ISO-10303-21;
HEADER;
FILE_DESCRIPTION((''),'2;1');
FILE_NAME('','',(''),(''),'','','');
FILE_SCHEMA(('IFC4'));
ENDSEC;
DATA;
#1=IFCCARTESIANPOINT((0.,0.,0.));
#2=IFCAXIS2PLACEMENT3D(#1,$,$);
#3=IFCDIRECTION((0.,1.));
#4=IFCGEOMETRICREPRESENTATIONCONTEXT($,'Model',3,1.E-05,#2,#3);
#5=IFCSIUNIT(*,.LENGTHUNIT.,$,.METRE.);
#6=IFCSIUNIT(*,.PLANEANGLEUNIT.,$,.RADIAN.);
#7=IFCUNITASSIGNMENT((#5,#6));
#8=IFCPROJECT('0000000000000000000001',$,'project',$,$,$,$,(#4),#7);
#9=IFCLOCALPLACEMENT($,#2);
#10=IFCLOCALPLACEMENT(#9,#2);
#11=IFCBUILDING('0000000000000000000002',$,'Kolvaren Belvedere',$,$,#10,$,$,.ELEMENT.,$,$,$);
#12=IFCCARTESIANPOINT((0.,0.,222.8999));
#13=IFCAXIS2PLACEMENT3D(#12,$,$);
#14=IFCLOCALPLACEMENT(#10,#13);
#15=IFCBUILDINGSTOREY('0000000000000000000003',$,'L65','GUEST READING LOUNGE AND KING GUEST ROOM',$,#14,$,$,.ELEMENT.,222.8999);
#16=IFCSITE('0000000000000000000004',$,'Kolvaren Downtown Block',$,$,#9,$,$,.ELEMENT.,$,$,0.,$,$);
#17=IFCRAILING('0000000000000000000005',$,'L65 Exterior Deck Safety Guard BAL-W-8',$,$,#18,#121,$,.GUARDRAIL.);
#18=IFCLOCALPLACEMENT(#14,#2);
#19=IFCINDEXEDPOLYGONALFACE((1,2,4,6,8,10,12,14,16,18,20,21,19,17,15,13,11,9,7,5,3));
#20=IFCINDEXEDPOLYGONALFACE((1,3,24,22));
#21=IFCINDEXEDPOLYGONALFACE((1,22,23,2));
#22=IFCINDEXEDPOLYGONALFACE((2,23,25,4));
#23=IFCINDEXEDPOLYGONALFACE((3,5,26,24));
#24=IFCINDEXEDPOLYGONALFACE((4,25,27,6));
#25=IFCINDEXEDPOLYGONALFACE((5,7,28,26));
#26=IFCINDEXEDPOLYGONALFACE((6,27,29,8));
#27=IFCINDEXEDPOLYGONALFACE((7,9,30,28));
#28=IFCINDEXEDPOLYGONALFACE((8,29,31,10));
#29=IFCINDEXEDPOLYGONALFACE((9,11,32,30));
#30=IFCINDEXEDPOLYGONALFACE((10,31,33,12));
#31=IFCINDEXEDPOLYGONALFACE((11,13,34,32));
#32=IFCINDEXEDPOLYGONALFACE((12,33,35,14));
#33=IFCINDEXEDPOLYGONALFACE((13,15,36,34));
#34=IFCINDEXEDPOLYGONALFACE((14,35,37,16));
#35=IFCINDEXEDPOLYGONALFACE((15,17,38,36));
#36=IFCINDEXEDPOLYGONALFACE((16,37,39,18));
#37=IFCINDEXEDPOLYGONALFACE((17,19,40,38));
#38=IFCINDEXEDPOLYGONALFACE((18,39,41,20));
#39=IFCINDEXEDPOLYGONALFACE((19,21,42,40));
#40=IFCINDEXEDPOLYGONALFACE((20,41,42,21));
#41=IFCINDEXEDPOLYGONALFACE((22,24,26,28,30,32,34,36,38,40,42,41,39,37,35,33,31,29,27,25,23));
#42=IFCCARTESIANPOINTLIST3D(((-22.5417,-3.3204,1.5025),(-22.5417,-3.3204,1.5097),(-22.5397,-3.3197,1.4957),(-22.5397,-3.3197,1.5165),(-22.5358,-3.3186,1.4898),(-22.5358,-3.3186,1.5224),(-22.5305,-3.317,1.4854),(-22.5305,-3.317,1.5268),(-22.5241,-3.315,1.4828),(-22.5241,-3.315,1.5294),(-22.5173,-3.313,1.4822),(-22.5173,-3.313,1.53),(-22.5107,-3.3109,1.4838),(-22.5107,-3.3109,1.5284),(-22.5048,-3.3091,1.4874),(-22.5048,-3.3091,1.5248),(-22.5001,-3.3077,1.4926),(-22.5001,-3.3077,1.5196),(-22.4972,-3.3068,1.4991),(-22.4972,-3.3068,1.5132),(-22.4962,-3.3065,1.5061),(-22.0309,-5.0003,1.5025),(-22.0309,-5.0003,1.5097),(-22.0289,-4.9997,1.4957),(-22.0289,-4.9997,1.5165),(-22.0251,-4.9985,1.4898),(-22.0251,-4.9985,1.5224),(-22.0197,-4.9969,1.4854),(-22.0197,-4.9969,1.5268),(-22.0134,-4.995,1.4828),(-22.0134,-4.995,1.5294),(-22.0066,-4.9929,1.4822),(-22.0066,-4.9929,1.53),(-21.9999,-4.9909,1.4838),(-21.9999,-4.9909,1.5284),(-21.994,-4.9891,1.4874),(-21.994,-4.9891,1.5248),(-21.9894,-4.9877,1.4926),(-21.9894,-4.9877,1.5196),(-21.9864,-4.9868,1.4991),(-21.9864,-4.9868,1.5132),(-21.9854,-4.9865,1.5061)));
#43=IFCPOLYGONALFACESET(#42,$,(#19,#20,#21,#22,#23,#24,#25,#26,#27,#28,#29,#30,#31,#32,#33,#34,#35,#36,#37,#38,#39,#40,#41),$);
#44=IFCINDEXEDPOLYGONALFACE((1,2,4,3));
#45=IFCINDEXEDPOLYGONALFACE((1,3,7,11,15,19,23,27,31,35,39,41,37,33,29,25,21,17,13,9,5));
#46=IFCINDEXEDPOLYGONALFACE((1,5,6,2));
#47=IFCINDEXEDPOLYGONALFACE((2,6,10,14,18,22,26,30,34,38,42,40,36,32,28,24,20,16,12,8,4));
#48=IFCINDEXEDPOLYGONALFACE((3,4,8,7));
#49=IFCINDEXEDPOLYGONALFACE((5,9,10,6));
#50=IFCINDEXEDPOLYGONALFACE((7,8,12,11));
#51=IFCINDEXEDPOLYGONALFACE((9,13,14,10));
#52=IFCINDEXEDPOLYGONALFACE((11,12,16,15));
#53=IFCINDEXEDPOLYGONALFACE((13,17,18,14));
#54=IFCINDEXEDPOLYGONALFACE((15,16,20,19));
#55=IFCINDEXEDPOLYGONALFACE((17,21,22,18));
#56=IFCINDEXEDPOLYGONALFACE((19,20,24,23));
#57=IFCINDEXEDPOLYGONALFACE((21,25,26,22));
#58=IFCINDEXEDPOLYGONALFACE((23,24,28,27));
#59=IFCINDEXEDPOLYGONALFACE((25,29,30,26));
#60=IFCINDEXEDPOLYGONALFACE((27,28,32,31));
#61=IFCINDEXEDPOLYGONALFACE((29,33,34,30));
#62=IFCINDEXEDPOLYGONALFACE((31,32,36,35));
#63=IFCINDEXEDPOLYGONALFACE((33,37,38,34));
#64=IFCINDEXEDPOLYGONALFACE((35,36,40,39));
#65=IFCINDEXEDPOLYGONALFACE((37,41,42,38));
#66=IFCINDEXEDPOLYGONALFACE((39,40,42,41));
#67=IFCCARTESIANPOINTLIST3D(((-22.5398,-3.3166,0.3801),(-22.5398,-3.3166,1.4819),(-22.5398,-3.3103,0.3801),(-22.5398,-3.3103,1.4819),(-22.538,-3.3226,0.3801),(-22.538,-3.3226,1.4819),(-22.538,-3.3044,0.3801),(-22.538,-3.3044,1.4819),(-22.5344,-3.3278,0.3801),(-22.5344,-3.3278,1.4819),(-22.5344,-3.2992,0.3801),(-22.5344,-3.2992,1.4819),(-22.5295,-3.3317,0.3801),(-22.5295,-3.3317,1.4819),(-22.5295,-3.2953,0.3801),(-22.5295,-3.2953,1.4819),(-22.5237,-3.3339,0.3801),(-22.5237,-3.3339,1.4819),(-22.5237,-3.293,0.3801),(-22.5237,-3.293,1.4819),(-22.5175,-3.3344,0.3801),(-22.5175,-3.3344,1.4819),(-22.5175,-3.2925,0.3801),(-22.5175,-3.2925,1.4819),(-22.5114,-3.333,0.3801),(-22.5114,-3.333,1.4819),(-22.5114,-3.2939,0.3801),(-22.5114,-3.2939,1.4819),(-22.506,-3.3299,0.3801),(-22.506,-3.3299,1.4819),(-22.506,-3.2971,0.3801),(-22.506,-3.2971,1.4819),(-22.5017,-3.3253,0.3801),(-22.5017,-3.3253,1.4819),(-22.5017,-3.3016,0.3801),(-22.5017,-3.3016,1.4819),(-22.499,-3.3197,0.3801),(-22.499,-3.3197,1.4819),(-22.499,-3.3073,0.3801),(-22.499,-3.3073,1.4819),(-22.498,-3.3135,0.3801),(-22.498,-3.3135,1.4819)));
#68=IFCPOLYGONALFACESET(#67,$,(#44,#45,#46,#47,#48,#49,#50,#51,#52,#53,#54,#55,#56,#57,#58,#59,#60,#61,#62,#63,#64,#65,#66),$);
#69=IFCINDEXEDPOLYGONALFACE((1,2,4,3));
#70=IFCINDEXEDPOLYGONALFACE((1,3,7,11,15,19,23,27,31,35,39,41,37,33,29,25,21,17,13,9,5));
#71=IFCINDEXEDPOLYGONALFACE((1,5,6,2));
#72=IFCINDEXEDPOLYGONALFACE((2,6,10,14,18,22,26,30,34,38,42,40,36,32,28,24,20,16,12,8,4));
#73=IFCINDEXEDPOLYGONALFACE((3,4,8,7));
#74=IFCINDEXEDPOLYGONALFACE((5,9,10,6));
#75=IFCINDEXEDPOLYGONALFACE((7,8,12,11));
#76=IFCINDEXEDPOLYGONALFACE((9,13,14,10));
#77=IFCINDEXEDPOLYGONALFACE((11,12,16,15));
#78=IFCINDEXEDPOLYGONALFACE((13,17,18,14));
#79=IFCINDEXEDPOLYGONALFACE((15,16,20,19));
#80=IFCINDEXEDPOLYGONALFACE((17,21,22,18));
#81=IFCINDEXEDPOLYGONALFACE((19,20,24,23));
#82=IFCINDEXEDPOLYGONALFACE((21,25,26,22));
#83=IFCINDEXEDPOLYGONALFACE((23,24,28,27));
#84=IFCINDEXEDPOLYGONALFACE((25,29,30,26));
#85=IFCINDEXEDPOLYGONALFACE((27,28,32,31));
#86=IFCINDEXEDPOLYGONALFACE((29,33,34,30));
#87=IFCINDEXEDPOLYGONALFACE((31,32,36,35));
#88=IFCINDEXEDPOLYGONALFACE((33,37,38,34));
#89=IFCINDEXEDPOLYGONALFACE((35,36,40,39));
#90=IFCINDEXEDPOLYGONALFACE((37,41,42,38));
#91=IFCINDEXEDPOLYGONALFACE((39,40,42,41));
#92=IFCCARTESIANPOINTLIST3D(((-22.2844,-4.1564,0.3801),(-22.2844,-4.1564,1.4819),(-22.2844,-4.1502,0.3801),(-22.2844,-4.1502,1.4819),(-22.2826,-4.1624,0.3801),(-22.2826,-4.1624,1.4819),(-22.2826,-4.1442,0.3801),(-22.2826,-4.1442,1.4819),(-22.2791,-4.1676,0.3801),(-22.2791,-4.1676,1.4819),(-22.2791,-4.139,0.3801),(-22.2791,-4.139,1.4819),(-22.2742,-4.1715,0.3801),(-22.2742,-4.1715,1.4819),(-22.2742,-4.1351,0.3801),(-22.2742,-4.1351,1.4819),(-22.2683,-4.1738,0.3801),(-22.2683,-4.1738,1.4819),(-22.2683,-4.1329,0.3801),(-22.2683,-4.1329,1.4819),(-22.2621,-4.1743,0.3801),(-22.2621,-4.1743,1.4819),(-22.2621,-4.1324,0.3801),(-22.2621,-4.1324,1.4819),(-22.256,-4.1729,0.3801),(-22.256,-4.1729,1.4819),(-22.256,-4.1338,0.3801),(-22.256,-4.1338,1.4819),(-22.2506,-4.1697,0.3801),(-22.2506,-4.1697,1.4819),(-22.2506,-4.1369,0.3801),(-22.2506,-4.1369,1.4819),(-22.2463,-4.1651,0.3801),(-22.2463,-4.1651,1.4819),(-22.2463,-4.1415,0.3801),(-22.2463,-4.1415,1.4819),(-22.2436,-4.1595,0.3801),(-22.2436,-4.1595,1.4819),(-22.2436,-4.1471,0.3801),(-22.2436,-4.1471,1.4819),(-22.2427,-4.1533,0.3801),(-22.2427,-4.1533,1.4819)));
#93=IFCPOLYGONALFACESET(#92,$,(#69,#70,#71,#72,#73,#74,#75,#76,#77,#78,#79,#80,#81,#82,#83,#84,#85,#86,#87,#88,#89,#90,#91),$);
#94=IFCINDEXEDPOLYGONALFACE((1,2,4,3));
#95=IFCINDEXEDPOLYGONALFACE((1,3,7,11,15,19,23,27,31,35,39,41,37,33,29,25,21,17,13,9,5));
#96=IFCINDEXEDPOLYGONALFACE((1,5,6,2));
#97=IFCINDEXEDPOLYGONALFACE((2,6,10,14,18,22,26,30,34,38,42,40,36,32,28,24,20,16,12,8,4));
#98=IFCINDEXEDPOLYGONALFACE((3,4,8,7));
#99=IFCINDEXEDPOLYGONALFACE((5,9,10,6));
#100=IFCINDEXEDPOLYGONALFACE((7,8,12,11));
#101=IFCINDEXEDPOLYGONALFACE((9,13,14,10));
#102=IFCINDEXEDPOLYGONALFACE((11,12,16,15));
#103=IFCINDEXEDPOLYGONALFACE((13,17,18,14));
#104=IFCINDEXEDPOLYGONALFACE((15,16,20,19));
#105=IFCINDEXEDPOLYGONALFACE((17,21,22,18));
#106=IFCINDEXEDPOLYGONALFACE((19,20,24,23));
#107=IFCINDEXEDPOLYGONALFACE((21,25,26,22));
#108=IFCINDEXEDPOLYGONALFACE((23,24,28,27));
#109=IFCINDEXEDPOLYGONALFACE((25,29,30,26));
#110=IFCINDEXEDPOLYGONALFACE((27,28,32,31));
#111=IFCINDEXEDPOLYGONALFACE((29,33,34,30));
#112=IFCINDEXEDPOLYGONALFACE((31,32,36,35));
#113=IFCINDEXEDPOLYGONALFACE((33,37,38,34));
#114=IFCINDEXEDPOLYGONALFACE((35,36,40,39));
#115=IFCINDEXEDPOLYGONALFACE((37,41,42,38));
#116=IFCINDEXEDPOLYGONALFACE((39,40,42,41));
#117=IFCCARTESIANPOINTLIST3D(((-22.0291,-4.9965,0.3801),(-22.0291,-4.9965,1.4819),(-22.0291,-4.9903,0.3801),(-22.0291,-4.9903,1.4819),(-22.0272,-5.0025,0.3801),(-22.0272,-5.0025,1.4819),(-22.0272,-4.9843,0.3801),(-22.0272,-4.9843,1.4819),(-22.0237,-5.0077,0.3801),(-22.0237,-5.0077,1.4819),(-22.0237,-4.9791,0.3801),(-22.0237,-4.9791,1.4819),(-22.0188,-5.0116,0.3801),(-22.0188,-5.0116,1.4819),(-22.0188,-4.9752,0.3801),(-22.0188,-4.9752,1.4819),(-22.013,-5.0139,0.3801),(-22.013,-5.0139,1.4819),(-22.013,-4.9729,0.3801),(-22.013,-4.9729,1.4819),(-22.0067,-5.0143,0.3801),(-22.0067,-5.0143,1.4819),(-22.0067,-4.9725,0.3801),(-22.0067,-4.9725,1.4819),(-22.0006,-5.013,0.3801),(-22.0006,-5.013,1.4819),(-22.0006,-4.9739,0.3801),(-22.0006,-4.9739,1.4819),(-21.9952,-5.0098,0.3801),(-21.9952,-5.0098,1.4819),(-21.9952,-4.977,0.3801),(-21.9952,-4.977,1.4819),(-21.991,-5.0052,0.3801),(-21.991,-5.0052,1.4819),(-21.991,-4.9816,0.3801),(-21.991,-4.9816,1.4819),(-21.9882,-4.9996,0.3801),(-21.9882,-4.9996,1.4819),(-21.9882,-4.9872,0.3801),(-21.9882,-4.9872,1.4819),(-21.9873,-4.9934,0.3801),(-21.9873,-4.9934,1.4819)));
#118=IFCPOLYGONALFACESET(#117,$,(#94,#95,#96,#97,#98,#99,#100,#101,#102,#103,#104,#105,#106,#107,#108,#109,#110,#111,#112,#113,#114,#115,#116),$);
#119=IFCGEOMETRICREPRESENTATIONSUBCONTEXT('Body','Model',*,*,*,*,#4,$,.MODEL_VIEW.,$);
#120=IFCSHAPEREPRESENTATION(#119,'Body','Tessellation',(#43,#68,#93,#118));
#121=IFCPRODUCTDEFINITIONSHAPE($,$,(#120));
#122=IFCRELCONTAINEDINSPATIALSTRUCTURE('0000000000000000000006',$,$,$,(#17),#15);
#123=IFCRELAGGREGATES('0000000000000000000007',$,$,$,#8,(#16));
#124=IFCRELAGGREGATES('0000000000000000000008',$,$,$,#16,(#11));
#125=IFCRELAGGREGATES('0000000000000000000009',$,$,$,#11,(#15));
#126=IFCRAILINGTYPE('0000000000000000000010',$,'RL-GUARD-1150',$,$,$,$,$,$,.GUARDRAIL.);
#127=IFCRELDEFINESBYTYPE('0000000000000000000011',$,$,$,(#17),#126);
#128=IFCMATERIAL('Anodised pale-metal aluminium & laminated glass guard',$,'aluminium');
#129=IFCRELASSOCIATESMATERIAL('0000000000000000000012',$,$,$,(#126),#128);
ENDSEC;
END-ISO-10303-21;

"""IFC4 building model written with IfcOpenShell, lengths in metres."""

from ifc_helpers import new_model, si_unit, direction, frame, origin, origin_2d, place, context, subcontext, project, spatial, circle, extrude, material, type_object, element, save


model = new_model("IFC4")

# Units and contexts
model_context = context("Model", 3, precision=1e-05, world=origin(), true_north=direction((0.0, 1.0)))
body_context = subcontext(model_context, "Body", "Model", "MODEL_VIEW")
ifc_project = project(units=[si_unit("LENGTHUNIT", "METRE"), si_unit("PLANEANGLEUNIT", "RADIAN")], contexts=[model_context])

# Site, building, storey
site_placement = place(None, origin())
site = spatial("IfcSite", under=ifc_project, at=site_placement, Name="Kolvaren Downtown Block", CompositionType="ELEMENT", RefElevation=0.0)
building_placement = place(site_placement, origin())
building = spatial("IfcBuilding", under=site, at=building_placement, Name="Kolvaren Belvedere", CompositionType="ELEMENT")
storey_placement = place(building_placement, frame((0.0, 0.0, 222.8999)))
storey = spatial("IfcBuildingStorey", under=building, at=storey_placement, Name="L65", Description="GUEST READING LOUNGE AND KING GUEST ROOM", CompositionType="ELEMENT", Elevation=222.8999)

# Railing
ifc_material_1 = material(Name="Anodised pale-metal aluminium & laminated glass guard", Category="aluminium")
railing_type = type_object("IfcRailingType", Name="RL-GUARD-1150", PredefinedType="GUARDRAIL", material=ifc_material_1)
railing_1_placement = place(storey_placement, frame((-22.519, -3.3135, 0.3801)))
element("IfcRailing", 1, at=railing_1_placement, inside=storey, type_object=railing_type, Name="L65 Exterior Deck Safety Guard BAL-W-8", PredefinedType="GUARDRAIL", context=body_context, shape_type="SweptSolid", body=[
    extrude(circle(Radius=0.0239, at=origin_2d()), frame((0.0, 0.0, 1.126), z_axis=(0.290879, -0.95676, 0.0), x_axis=(0.95676, 0.290879, 0.0)), (0.0, 0.0, 1.0), 1.7559),
    extrude(circle(Radius=0.021, at=origin_2d()), origin(), (0.0, 0.0, 1.0), 1.1018),
    extrude(circle(Radius=0.021, at=origin_2d()), frame((0.2554, -0.8398, 0.0)), (0.0, 0.0, 1.0), 1.1018),
    extrude(circle(Radius=0.021, at=origin_2d()), frame((0.5107, -1.6799, 0.0)), (0.0, 0.0, 1.0), 1.1018),
])

save(model, "model.ifc")
